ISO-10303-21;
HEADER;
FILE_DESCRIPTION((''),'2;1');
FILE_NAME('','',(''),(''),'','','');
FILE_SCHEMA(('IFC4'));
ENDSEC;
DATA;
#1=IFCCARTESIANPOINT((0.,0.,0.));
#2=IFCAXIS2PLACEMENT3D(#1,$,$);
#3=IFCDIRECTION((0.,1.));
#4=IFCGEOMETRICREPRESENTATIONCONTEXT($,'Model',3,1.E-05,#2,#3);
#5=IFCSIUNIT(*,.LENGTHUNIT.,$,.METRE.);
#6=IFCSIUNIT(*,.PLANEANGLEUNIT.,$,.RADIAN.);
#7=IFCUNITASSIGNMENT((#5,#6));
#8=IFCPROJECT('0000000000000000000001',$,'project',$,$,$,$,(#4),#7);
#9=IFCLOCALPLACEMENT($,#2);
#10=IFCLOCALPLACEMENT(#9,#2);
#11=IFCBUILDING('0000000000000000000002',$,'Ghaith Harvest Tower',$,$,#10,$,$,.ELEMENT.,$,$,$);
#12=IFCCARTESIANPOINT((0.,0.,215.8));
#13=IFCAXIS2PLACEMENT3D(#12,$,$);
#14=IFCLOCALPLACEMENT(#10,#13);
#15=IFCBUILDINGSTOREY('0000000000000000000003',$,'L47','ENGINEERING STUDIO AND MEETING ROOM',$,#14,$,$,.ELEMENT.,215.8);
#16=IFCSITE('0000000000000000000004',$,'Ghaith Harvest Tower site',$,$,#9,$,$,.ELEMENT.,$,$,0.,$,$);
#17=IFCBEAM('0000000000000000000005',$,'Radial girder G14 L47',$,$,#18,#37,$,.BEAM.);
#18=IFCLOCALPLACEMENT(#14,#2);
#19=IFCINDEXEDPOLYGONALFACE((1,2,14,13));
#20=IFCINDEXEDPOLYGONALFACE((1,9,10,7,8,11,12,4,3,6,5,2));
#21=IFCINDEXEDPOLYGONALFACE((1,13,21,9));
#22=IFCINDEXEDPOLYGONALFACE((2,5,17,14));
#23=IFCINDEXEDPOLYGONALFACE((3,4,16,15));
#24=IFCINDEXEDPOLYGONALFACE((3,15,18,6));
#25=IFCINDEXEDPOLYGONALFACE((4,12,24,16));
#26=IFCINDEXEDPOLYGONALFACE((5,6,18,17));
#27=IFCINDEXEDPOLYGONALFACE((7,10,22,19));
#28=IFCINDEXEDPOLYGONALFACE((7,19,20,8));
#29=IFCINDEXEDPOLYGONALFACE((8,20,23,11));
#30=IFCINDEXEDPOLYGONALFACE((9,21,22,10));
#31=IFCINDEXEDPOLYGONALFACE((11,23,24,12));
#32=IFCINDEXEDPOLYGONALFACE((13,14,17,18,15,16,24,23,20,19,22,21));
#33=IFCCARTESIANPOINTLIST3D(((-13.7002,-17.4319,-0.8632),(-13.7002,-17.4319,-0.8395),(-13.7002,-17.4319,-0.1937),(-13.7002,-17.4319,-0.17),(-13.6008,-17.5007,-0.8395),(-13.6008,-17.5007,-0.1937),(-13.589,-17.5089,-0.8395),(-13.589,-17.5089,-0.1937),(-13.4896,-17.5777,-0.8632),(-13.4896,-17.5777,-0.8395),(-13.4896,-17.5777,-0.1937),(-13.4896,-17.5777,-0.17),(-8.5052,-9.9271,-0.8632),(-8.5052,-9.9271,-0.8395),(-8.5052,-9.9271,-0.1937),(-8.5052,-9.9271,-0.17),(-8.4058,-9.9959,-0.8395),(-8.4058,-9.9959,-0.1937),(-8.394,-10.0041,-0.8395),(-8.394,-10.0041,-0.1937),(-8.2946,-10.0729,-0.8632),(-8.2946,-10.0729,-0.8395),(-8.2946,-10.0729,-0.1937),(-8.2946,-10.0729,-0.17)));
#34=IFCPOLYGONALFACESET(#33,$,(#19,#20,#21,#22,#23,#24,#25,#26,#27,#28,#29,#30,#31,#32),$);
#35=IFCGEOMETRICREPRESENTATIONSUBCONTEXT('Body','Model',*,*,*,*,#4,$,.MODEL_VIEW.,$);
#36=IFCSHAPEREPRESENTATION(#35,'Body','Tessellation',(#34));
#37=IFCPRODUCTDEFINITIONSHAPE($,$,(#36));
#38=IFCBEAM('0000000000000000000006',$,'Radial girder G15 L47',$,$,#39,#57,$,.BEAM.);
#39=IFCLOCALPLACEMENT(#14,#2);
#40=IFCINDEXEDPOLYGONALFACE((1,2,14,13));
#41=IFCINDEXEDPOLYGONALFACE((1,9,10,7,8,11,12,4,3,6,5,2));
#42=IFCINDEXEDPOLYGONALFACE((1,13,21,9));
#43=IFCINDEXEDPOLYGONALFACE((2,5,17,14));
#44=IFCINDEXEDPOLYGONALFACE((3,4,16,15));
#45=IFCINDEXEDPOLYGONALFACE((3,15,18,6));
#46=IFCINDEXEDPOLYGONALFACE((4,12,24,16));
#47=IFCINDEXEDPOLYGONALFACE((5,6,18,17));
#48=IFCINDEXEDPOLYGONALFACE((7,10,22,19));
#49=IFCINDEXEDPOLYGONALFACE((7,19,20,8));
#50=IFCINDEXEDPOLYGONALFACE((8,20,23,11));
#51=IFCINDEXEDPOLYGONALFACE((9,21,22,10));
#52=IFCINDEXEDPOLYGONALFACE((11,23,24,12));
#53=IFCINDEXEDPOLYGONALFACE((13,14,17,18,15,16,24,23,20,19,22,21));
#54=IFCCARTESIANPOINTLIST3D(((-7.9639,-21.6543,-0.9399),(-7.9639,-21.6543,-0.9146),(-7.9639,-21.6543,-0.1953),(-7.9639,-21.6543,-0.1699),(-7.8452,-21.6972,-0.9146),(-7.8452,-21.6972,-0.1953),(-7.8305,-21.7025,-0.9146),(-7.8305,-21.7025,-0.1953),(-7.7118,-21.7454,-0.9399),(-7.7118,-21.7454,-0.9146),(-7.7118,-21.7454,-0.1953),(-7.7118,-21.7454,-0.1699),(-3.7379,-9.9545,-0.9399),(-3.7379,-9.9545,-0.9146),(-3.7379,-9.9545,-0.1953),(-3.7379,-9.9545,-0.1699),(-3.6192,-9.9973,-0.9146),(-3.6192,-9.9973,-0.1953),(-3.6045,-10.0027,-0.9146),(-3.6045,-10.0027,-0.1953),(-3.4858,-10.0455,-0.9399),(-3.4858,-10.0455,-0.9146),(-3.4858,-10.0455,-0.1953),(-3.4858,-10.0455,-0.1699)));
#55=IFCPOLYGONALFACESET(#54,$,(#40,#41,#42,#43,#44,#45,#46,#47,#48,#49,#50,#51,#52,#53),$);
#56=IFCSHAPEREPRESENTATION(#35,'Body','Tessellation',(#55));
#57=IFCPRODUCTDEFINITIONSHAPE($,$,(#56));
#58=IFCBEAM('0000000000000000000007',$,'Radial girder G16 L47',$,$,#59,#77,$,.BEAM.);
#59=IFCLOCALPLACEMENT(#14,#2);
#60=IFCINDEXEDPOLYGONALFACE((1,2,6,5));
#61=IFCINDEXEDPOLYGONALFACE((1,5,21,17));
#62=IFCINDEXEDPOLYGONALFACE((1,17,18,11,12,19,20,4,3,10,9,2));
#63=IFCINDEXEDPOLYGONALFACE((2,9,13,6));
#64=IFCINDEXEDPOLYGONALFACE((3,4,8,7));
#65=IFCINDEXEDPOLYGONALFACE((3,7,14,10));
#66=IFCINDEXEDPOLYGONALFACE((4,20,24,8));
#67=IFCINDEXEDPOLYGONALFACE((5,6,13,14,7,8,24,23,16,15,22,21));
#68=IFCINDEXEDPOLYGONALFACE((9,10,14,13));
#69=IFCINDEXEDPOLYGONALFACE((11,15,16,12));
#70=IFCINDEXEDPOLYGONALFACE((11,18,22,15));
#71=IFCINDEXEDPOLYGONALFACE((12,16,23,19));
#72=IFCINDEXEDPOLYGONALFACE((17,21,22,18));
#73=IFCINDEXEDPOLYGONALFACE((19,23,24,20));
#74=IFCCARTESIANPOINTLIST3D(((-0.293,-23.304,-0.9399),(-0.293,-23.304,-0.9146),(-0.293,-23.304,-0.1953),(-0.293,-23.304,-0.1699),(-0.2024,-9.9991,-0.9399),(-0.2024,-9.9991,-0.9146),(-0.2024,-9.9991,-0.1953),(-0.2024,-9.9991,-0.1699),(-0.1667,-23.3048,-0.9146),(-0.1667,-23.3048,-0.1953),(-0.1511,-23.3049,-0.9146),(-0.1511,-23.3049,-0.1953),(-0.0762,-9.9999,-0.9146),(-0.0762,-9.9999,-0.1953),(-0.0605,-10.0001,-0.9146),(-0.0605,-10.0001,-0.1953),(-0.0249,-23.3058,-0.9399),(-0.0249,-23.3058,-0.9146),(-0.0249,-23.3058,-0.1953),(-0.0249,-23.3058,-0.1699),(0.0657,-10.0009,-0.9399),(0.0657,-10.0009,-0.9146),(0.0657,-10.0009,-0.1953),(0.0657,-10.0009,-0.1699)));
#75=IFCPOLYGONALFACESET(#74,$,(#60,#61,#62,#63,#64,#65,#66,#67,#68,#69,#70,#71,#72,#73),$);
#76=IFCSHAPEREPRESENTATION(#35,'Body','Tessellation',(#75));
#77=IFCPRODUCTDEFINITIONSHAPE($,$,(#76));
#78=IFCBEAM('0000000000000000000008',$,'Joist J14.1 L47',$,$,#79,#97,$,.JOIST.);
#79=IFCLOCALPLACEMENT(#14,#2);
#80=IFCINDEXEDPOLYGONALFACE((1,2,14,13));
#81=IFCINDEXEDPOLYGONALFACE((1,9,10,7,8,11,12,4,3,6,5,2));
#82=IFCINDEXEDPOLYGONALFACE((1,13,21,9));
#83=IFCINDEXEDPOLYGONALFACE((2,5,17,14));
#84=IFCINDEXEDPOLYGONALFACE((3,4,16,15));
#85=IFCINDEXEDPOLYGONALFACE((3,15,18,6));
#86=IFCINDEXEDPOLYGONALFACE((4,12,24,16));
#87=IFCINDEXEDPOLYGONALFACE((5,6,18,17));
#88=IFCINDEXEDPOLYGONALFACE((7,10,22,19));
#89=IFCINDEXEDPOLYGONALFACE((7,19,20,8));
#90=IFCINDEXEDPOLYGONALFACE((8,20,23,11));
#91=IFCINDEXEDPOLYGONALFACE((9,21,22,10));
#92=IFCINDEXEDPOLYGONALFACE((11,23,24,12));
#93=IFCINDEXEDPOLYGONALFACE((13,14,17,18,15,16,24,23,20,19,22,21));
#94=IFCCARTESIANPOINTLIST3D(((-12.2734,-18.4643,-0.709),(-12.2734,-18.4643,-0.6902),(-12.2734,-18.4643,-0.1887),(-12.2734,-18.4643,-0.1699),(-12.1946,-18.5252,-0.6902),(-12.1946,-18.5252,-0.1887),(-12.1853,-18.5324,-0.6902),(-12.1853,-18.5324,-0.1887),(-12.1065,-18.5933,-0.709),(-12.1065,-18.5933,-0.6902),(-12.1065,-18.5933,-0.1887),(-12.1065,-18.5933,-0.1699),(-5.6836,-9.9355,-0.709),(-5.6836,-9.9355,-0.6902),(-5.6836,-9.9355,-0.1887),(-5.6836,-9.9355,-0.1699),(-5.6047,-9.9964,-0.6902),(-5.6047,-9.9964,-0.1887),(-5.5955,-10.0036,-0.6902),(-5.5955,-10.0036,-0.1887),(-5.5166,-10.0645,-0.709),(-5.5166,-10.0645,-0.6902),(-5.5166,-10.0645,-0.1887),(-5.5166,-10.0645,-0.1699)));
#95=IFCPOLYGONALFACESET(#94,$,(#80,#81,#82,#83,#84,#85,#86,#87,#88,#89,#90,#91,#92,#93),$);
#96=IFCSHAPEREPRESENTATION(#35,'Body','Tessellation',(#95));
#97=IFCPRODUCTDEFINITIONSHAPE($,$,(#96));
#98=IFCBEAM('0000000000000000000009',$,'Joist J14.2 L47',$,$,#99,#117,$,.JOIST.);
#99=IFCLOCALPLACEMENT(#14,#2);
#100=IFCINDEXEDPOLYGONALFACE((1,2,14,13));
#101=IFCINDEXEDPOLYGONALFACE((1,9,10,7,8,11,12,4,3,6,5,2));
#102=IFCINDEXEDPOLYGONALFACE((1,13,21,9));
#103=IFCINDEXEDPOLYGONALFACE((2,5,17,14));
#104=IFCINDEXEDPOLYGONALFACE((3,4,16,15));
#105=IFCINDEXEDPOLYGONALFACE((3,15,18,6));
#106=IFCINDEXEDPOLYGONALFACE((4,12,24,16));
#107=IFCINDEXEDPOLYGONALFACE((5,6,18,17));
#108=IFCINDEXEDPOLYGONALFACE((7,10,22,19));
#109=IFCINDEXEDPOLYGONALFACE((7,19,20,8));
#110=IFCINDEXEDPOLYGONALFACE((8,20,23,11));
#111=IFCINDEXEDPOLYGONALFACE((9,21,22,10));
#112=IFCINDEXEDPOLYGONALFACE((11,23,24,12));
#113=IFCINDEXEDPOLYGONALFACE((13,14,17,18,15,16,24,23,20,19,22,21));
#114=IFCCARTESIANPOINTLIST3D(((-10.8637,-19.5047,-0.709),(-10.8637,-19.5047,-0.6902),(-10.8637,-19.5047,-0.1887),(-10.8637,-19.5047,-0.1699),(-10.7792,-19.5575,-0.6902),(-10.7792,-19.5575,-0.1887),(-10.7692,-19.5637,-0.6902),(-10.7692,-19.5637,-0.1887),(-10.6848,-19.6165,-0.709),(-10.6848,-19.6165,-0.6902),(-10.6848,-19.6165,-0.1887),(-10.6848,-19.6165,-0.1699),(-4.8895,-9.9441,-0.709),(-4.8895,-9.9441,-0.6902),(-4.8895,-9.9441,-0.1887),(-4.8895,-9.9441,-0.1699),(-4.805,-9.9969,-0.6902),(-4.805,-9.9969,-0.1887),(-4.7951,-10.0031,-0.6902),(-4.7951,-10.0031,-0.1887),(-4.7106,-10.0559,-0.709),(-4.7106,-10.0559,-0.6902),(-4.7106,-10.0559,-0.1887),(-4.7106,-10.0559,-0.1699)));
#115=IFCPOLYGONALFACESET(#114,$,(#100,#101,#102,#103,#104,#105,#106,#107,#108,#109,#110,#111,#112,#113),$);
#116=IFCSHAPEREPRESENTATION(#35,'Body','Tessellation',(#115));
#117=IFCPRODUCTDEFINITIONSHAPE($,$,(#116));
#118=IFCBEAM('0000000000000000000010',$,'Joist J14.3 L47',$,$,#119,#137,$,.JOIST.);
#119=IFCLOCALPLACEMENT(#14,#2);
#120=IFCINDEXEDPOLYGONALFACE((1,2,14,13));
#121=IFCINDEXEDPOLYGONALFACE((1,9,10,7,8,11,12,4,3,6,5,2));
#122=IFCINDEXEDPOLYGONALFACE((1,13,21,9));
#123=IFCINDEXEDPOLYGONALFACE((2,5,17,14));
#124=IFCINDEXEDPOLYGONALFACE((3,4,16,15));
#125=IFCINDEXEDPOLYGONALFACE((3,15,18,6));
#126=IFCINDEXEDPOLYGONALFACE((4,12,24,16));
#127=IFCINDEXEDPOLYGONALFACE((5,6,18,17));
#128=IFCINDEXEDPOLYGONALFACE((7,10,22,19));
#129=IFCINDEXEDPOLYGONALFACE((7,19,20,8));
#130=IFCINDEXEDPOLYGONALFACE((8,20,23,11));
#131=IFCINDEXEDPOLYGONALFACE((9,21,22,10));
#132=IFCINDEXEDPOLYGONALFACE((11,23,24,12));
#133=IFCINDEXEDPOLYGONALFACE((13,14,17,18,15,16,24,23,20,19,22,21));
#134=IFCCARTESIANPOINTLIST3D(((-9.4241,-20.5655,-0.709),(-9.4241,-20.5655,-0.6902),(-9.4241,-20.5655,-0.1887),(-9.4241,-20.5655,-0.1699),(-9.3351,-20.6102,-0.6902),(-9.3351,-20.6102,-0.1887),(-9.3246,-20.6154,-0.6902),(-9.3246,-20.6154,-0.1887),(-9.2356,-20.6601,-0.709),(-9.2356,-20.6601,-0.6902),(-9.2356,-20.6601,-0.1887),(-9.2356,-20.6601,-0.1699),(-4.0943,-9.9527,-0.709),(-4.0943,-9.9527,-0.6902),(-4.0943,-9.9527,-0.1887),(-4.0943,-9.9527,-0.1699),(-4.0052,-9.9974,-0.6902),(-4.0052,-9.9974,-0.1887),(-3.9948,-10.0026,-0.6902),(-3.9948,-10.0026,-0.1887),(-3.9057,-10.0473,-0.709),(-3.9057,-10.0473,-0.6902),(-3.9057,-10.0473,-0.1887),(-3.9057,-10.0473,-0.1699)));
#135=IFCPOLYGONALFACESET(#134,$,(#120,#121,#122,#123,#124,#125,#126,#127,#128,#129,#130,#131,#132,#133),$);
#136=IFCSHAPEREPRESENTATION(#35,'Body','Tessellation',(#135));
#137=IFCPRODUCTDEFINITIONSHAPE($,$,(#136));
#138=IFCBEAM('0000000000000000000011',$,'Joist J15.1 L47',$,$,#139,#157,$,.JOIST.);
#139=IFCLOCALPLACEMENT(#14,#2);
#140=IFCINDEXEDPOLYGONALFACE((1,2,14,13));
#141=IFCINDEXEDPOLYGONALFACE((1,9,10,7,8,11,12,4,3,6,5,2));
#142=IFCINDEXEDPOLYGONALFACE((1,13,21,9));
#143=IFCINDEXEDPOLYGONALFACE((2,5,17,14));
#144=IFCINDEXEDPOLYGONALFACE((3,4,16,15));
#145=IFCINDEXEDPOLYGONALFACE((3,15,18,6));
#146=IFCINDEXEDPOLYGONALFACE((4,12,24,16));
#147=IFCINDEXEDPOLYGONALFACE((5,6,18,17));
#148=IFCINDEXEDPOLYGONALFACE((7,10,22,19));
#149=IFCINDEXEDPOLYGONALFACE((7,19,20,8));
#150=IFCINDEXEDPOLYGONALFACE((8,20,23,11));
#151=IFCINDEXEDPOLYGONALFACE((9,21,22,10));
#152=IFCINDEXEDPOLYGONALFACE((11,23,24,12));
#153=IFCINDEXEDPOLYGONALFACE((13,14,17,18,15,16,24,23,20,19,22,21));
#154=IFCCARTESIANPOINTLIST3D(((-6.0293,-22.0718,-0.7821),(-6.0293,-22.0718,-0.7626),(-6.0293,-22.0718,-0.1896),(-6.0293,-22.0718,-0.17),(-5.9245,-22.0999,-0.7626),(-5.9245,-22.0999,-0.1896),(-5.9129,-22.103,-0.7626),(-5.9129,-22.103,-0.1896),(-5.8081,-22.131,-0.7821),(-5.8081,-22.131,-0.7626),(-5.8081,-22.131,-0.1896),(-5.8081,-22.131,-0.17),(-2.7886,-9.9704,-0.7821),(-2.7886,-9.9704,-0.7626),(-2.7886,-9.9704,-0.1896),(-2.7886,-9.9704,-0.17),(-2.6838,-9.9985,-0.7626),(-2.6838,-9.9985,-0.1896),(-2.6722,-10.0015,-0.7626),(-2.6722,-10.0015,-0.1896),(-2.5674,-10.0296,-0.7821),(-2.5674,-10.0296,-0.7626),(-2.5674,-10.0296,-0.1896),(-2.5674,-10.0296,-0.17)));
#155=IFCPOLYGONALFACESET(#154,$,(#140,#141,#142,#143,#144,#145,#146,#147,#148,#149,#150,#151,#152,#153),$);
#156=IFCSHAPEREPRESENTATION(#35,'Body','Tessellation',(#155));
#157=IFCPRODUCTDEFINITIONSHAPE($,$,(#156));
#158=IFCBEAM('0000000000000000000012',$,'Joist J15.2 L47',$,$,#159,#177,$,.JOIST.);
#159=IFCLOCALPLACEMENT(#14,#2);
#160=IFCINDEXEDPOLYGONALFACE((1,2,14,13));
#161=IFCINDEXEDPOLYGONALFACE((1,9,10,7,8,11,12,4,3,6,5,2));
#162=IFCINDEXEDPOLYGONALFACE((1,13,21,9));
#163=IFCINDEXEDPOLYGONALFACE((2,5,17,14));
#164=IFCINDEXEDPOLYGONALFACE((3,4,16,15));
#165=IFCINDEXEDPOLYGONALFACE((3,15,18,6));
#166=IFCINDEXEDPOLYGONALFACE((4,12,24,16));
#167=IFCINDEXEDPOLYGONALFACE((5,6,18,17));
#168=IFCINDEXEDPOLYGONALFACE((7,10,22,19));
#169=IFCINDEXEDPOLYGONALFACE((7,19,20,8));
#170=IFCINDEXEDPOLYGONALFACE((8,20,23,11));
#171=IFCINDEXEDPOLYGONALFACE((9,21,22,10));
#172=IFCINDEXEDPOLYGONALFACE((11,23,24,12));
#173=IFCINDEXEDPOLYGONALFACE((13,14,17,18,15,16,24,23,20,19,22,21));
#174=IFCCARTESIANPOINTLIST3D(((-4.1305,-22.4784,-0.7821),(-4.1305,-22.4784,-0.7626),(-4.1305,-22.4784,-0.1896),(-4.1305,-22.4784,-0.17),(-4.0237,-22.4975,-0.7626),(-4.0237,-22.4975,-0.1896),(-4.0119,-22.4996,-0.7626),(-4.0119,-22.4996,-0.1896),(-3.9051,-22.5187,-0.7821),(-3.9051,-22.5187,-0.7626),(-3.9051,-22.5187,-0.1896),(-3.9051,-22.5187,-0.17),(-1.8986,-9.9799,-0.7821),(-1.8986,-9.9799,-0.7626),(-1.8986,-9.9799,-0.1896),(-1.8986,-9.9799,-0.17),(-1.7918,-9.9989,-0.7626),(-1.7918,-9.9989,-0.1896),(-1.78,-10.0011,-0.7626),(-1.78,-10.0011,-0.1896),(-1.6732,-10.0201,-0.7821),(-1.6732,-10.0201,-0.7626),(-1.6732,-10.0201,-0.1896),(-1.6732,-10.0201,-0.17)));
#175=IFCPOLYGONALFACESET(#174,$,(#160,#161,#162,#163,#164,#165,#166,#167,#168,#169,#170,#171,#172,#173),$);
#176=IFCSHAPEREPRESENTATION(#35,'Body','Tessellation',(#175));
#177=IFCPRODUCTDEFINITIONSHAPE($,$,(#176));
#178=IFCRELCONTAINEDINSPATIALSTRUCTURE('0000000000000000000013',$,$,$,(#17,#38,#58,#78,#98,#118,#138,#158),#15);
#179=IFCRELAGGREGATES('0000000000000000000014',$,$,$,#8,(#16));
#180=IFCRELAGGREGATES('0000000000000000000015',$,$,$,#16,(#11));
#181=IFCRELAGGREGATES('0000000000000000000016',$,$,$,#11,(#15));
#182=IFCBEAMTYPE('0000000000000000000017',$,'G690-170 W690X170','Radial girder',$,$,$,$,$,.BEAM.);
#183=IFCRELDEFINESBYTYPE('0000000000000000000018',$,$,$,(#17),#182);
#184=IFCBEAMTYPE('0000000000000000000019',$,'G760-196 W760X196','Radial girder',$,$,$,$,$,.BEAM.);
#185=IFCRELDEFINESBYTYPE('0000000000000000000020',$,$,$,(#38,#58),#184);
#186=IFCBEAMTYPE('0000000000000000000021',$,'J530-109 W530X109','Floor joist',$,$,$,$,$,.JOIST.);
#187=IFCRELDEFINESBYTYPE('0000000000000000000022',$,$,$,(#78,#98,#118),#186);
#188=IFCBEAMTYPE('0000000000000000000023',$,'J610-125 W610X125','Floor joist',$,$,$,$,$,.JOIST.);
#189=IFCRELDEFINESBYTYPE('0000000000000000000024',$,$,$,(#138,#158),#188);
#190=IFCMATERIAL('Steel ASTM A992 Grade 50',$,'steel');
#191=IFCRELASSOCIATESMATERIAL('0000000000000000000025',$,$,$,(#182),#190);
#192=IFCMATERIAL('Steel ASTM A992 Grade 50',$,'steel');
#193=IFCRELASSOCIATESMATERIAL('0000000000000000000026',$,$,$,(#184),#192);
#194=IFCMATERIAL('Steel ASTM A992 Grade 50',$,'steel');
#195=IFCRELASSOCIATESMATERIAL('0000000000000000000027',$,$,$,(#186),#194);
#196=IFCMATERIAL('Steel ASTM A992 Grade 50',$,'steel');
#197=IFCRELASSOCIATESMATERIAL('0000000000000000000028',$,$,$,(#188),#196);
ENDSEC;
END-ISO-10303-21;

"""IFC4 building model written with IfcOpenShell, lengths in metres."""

from ifc_helpers import new_model, si_unit, direction, frame, origin, origin_2d, place, context, subcontext, project, spatial, i_section, extrude, material, material_profile, profile_set, type_object, element, save


model = new_model("IFC4")

# Units and contexts
model_context = context("Model", 3, precision=1e-05, world=origin(), true_north=direction((0.0, 1.0)))
body_context = subcontext(model_context, "Body", "Model", "MODEL_VIEW")
ifc_project = project(units=[si_unit("LENGTHUNIT", "METRE"), si_unit("PLANEANGLEUNIT", "RADIAN")], contexts=[model_context])

# Site, building, storey
site_placement = place(None, origin())
site = spatial("IfcSite", under=ifc_project, at=site_placement, Name="Ghaith Harvest Tower site", CompositionType="ELEMENT", RefElevation=0.0)
building_placement = place(site_placement, origin())
building = spatial("IfcBuilding", under=site, at=building_placement, Name="Ghaith Harvest Tower", CompositionType="ELEMENT")
storey_placement = place(building_placement, frame((0.0, 0.0, 215.8)))
storey = spatial("IfcBuildingStorey", under=building, at=storey_placement, Name="L47", Description="ENGINEERING STUDIO AND MEETING ROOM", CompositionType="ELEMENT", Elevation=215.8)

# Beams
ifc_material_1 = material(Name="Steel ASTM A992 Grade 50", Category="steel")
ifc_material_profile_1 = material_profile(ifc_material_1, i_section(OverallWidth=0.2561, OverallDepth=0.6931, WebThickness=0.0144, FlangeThickness=0.0237, at=origin_2d()), Name="W690X170")
ifc_profile_set_1 = profile_set([ifc_material_profile_1], Name="Steel ASTM A992 Grade 50")
beam_type_1 = type_object("IfcBeamType", Name="G690-170 W690X170", Description="Radial girder", PredefinedType="BEAM", material=ifc_profile_set_1)
beam_1_placement = place(storey_placement, frame((-8.3999, -10.0, -0.5166), z_axis=(-0.569164, -0.822224, 0.0), x_axis=(0.822224, -0.569164, 0.0)))
element("IfcBeam", 1, at=beam_1_placement, inside=storey, type_object=beam_type_1, Name="Radial girder G14 L47", PredefinedType="BEAM", context=body_context, shape_type="SweptSolid", body=[
    extrude(i_section(OverallWidth=0.2561, OverallDepth=0.6931, WebThickness=0.0144, FlangeThickness=0.0237, at=origin_2d()), origin(), (0.0, 0.0, 1.0), 9.1274),
])
ifc_material_2 = material(Name="Steel ASTM A992 Grade 50", Category="steel")
ifc_material_profile_2 = material_profile(ifc_material_2, i_section(OverallWidth=0.2681, OverallDepth=0.77, WebThickness=0.0156, FlangeThickness=0.0254, at=origin_2d()), Name="W760X196")
ifc_profile_set_2 = profile_set([ifc_material_profile_2], Name="Steel ASTM A992 Grade 50")
beam_type_2 = type_object("IfcBeamType", Name="G760-196 W760X196", Description="Radial girder", PredefinedType="BEAM", material=ifc_profile_set_2)
beam_2_placement = place(storey_placement, frame((-3.6118, -10.0, -0.5549), z_axis=(-0.339722, -0.940526, 0.0), x_axis=(0.940526, -0.339722, 0.0)))
element("IfcBeam", 2, at=beam_2_placement, inside=storey, type_object=beam_type_2, Name="Radial girder G15 L47", PredefinedType="BEAM", context=body_context, shape_type="SweptSolid", body=[
    extrude(i_section(OverallWidth=0.2681, OverallDepth=0.77, WebThickness=0.0156, FlangeThickness=0.0254, at=origin_2d()), origin(), (0.0, 0.0, 1.0), 12.4397),
])
beam_3_placement = place(storey_placement, frame((-0.0684, -10.0, -0.5549), z_axis=(-0.006808, -0.999977, 0.0), x_axis=(0.999977, -0.006808, 0.0)))
element("IfcBeam", 3, at=beam_3_placement, inside=storey, type_object=beam_type_2, Name="Radial girder G16 L47", PredefinedType="BEAM", context=body_context, shape_type="SweptSolid", body=[
    extrude(i_section(OverallWidth=0.2681, OverallDepth=0.77, WebThickness=0.0156, FlangeThickness=0.0254, at=origin_2d()), origin(), (0.0, 0.0, 1.0), 13.3052),
])
ifc_material_3 = material(Name="Steel ASTM A992 Grade 50", Category="steel")
ifc_material_profile_3 = material_profile(ifc_material_3, i_section(OverallWidth=0.2109, OverallDepth=0.5391, WebThickness=0.0117, FlangeThickness=0.0188, at=origin_2d()), Name="W530X109")
ifc_profile_set_3 = profile_set([ifc_material_profile_3], Name="Steel ASTM A992 Grade 50")
beam_type_3 = type_object("IfcBeamType", Name="J530-109 W530X109", Description="Floor joist", PredefinedType="JOIST", material=ifc_profile_set_3)
beam_4_placement = place(storey_placement, frame((-5.6001, -10.0, -0.4395), z_axis=(-0.611413, -0.791312, 0.0), x_axis=(0.791312, -0.611413, 0.0)))
element("IfcBeam", 4, at=beam_4_placement, inside=storey, type_object=beam_type_3, Name="Joist J14.1 L47", PredefinedType="JOIST", context=body_context, shape_type="SweptSolid", body=[
    extrude(i_section(OverallWidth=0.2109, OverallDepth=0.5391, WebThickness=0.0117, FlangeThickness=0.0188, at=origin_2d()), origin(), (0.0, 0.0, 1.0), 10.7781),
])
beam_5_placement = place(storey_placement, frame((-4.8, -10.0, -0.4395), z_axis=(-0.529921, -0.848047, 0.0), x_axis=(0.848047, -0.529921, 0.0)))
element("IfcBeam", 5, at=beam_5_placement, inside=storey, type_object=beam_type_3, Name="Joist J14.2 L47", PredefinedType="JOIST", context=body_context, shape_type="SweptSolid", body=[
    extrude(i_section(OverallWidth=0.2109, OverallDepth=0.5391, WebThickness=0.0117, FlangeThickness=0.0188, at=origin_2d()), origin(), (0.0, 0.0, 1.0), 11.2737),
])
beam_6_placement = place(storey_placement, frame((-4.0, -10.0, -0.4395), z_axis=(-0.448792, -0.893636, 0.0), x_axis=(0.893636, -0.448792, 0.0)))
element("IfcBeam", 6, at=beam_6_placement, inside=storey, type_object=beam_type_3, Name="Joist J14.3 L47", PredefinedType="JOIST", context=body_context, shape_type="SweptSolid", body=[
    extrude(i_section(OverallWidth=0.2109, OverallDepth=0.5391, WebThickness=0.0117, FlangeThickness=0.0188, at=origin_2d()), origin(), (0.0, 0.0, 1.0), 11.876),
])
ifc_material_4 = material(Name="Steel ASTM A992 Grade 50", Category="steel")
ifc_material_profile_4 = material_profile(ifc_material_4, i_section(OverallWidth=0.229, OverallDepth=0.6121, WebThickness=0.012, FlangeThickness=0.0195, at=origin_2d()), Name="W610X125")
ifc_profile_set_4 = profile_set([ifc_material_profile_4], Name="Steel ASTM A992 Grade 50")
beam_type_4 = type_object("IfcBeamType", Name="J610-125 W610X125", Description="Floor joist", PredefinedType="JOIST", material=ifc_profile_set_4)
beam_7_placement = place(storey_placement, frame((-2.678, -10.0, -0.4761), z_axis=(-0.258684, -0.965962, 0.0), x_axis=(0.965962, -0.258684, 0.0)))
element("IfcBeam", 7, at=beam_7_placement, inside=storey, type_object=beam_type_4, Name="Joist J15.1 L47", PredefinedType="JOIST", context=body_context, shape_type="SweptSolid", body=[
    extrude(i_section(OverallWidth=0.229, OverallDepth=0.6121, WebThickness=0.012, FlangeThickness=0.0195, at=origin_2d()), origin(), (0.0, 0.0, 1.0), 12.5278),
])
beam_8_placement = place(storey_placement, frame((-1.7859, -10.0, -0.4761), z_axis=(-0.175795, -0.984427, 0.0), x_axis=(0.984427, -0.175795, 0.0)))
element("IfcBeam", 8, at=beam_8_placement, inside=storey, type_object=beam_type_4, Name="Joist J15.2 L47", PredefinedType="JOIST", context=body_context, shape_type="SweptSolid", body=[
    extrude(i_section(OverallWidth=0.229, OverallDepth=0.6121, WebThickness=0.012, FlangeThickness=0.0195, at=origin_2d()), origin(), (0.0, 0.0, 1.0), 12.6963),
])

save(model, "model.ifc")
